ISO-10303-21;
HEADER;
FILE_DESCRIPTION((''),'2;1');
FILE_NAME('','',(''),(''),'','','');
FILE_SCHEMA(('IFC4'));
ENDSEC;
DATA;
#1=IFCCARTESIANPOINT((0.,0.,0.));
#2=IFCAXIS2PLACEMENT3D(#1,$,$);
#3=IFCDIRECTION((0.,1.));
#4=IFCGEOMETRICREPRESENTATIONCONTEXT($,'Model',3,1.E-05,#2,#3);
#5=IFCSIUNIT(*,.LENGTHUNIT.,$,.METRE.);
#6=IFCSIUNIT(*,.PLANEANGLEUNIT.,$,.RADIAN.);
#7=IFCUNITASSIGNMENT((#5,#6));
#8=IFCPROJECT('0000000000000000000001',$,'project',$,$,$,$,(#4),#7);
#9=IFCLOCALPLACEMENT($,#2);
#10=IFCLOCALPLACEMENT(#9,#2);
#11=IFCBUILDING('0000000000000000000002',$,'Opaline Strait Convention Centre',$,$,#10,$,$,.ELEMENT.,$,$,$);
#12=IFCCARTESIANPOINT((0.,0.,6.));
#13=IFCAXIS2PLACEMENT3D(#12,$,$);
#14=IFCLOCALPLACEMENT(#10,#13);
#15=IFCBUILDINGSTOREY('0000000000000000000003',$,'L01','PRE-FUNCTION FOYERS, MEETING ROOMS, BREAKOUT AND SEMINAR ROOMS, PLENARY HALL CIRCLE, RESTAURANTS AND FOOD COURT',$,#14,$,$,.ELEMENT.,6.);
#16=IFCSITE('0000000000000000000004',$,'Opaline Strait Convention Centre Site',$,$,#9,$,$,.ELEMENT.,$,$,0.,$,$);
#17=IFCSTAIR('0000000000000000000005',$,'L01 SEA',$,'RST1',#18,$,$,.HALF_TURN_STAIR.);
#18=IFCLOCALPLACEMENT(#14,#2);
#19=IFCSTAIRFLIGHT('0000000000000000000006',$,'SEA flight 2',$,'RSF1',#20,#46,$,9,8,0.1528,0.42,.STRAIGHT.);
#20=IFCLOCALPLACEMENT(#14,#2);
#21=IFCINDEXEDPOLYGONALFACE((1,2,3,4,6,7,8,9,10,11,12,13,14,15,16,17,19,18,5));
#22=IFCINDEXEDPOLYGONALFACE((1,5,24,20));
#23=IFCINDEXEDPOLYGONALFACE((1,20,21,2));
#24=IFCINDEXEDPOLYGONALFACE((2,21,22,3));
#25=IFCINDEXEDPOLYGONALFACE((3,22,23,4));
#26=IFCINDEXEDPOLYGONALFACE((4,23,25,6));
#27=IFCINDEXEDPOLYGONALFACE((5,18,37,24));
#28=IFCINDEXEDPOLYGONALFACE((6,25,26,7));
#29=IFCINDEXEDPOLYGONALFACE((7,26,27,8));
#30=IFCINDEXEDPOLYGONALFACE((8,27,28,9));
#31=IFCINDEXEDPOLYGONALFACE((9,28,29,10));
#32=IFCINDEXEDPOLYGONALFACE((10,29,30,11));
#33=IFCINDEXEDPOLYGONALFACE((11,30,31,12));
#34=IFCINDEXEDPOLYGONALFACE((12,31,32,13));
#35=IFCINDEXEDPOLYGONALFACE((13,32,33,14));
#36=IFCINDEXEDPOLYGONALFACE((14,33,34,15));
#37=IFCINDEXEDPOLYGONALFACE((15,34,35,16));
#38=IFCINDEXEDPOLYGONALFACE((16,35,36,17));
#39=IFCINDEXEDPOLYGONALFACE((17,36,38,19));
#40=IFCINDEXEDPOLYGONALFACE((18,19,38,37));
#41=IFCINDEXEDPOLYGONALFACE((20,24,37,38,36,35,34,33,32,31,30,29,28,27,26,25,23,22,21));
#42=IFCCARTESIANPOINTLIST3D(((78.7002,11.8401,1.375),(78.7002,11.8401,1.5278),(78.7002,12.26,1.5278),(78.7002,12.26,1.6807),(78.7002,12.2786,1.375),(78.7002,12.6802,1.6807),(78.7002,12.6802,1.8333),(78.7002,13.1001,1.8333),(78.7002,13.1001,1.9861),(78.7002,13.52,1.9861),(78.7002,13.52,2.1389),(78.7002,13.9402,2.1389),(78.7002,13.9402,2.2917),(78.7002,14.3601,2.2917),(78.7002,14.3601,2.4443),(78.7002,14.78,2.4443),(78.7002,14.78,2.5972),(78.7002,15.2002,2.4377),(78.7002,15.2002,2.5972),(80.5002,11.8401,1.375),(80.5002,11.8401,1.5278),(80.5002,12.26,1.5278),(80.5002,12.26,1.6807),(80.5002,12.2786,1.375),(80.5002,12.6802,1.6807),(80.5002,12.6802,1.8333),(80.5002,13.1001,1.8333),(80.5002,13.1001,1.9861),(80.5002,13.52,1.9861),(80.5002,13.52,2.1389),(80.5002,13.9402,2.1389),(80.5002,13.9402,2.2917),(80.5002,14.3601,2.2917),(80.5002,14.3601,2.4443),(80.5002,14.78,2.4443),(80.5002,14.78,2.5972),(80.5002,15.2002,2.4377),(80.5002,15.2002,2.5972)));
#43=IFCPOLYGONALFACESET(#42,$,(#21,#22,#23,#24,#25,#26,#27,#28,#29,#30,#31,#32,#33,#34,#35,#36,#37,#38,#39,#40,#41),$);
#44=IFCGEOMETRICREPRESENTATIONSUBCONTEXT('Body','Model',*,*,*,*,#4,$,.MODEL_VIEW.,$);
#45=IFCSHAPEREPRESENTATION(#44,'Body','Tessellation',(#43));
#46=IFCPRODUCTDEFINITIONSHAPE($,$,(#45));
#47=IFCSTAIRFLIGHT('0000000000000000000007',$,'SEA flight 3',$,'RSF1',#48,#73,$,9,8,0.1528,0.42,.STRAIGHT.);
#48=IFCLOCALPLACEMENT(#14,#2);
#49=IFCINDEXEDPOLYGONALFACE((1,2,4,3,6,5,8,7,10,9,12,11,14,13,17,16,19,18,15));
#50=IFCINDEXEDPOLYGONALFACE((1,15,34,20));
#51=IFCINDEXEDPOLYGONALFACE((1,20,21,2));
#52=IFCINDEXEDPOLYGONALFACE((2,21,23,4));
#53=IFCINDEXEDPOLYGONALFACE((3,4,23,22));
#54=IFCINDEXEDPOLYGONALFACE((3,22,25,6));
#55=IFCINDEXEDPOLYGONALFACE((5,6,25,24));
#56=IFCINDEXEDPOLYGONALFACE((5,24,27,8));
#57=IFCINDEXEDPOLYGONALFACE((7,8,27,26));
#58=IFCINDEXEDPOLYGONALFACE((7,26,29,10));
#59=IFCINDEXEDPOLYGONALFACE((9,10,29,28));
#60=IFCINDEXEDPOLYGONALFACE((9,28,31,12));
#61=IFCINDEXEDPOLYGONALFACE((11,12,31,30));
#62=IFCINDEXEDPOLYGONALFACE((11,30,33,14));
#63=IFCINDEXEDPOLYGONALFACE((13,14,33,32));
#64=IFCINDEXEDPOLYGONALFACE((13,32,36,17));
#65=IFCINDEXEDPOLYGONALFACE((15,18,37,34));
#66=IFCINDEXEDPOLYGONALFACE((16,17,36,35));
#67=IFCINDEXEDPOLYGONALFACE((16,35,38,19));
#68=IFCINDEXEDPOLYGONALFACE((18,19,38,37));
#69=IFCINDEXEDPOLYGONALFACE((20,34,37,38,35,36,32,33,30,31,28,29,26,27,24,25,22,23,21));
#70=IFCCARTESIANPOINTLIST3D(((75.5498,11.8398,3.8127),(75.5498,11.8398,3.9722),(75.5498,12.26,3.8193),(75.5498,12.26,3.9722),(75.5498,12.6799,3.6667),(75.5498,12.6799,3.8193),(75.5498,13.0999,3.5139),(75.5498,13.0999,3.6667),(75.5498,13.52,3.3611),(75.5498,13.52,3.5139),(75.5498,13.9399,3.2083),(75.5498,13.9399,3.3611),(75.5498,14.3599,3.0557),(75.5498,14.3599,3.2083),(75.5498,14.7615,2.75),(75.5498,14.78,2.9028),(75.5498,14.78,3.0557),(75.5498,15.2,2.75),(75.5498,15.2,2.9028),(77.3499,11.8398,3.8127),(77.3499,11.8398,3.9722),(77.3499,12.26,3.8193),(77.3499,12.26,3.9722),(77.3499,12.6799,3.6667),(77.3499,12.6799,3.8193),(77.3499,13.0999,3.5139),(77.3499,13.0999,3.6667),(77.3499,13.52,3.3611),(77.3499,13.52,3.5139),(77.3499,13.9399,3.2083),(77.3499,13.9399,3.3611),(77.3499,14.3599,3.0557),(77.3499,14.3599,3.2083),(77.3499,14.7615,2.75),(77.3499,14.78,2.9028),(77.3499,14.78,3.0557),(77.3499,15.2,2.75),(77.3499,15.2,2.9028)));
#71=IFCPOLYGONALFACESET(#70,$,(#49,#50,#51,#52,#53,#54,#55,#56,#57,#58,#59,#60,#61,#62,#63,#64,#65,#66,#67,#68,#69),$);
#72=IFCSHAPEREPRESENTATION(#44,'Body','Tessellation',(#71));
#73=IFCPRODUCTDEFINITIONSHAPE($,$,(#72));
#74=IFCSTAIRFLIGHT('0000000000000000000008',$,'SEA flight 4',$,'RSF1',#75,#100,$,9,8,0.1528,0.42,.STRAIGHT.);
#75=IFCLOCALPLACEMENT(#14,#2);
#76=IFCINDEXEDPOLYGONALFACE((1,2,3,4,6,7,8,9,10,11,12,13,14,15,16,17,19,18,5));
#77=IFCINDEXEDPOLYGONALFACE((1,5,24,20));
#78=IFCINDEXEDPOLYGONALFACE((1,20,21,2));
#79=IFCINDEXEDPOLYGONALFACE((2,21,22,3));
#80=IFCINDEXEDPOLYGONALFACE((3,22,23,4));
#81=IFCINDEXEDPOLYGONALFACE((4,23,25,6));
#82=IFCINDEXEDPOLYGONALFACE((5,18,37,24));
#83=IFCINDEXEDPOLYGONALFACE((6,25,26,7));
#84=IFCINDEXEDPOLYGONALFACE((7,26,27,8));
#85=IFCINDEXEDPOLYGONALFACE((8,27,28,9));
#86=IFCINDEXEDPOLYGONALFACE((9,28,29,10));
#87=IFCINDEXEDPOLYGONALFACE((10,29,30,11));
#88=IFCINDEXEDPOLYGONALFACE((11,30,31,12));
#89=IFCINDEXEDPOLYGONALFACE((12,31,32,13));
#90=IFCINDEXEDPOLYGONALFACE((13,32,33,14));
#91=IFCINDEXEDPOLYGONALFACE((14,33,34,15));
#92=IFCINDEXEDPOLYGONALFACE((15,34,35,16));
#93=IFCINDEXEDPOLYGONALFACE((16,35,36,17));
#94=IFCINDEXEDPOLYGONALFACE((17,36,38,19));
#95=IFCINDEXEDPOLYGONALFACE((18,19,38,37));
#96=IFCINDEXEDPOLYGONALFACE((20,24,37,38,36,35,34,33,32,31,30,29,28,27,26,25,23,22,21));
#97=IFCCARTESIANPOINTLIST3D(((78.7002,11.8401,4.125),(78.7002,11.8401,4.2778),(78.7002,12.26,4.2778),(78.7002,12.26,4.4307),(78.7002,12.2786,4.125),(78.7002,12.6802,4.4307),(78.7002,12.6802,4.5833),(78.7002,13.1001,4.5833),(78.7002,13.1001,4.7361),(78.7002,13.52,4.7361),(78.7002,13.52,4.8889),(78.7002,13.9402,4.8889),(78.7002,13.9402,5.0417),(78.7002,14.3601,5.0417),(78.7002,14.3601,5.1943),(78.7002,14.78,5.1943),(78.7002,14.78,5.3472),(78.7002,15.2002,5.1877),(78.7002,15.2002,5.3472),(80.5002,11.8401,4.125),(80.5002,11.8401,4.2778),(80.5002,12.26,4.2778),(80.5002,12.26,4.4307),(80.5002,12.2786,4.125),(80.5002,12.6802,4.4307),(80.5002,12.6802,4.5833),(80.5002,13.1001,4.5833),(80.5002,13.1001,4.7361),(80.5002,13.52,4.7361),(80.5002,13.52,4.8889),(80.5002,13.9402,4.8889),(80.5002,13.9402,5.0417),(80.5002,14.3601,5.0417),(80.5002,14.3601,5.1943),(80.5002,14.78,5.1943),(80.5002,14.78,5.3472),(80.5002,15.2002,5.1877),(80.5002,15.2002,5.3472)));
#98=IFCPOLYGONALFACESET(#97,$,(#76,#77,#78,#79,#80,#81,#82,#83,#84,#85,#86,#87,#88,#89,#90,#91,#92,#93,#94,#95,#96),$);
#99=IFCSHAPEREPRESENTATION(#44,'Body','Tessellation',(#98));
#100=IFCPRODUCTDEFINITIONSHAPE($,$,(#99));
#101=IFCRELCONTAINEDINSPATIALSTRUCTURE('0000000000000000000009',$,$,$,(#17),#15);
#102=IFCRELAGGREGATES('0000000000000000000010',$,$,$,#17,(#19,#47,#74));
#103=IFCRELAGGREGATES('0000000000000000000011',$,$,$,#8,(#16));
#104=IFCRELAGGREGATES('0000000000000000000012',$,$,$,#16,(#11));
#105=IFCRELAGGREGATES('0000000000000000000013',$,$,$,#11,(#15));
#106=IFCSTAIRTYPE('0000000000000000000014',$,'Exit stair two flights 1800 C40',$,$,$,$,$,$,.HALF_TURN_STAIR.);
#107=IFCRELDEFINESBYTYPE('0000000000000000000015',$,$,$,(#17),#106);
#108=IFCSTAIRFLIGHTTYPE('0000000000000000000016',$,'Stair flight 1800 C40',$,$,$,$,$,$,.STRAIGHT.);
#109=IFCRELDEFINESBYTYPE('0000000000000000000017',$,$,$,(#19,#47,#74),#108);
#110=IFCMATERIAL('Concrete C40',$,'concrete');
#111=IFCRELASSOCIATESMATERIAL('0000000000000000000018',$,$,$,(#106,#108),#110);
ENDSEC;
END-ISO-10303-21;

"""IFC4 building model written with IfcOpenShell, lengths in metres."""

from ifc_helpers import new_model, si_unit, direction, frame, origin, place, context, subcontext, project, spatial, polyline, outline, extrude, material, type_object, element, aggregate, save


model = new_model("IFC4")

# Units and contexts
model_context = context("Model", 3, precision=1e-05, world=origin(), true_north=direction((0.0, 1.0)))
body_context = subcontext(model_context, "Body", "Model", "MODEL_VIEW")
ifc_project = project(units=[si_unit("LENGTHUNIT", "METRE"), si_unit("PLANEANGLEUNIT", "RADIAN")], contexts=[model_context])

# Site, building, storey
site_placement = place(None, origin())
site = spatial("IfcSite", under=ifc_project, at=site_placement, Name="Opaline Strait Convention Centre Site", CompositionType="ELEMENT", RefElevation=0.0)
building_placement = place(site_placement, origin())
building = spatial("IfcBuilding", under=site, at=building_placement, Name="Opaline Strait Convention Centre", CompositionType="ELEMENT")
storey_placement = place(building_placement, frame((0.0, 0.0, 6.0)))
storey = spatial("IfcBuildingStorey", under=building, at=storey_placement, Name="L01", Description="PRE-FUNCTION FOYERS, MEETING ROOMS, BREAKOUT AND SEMINAR ROOMS, PLENARY HALL CIRCLE, RESTAURANTS AND FOOD COURT", CompositionType="ELEMENT", Elevation=6.0)

# Shared definitions
ifc_material_1 = material(Name="Concrete C40", Category="concrete")

# Stair, stair flights
stair_type = type_object("IfcStairType", Name="Exit stair two flights 1800 C40", PredefinedType="HALF_TURN_STAIR", material=ifc_material_1)
stair_placement = place(storey_placement, origin())
stair = element("IfcStair", 1, at=stair_placement, inside=storey, type_object=stair_type, Name="L01 SEA", ObjectType="RST1", PredefinedType="HALF_TURN_STAIR")
stair_flight_type = type_object("IfcStairFlightType", Name="Stair flight 1800 C40", PredefinedType="STRAIGHT", material=ifc_material_1)
stair_flight_1_placement = place(storey_placement, frame((79.6001, 11.8401, 1.375), z_axis=(0.0, 0.0, 1.0), x_axis=(0.0, 1.0, 0.0)))
stair_flight_1 = element("IfcStairFlight", 2, at=stair_flight_1_placement, type_object=stair_flight_type, Name="SEA flight 2", ObjectType="RSF1", NumberOfRisers=9, NumberOfTreads=8, PredefinedType="STRAIGHT", RiserHeight=0.1528, TreadLength=0.42, context=body_context, shape_type="SweptSolid", body=[
    extrude(outline(polyline([(0.0, 0.0), (0.0, 0.1528), (0.4199, 0.1528), (0.4199, 0.3057), (0.8401, 0.3057), (0.8401, 0.4583), (1.26, 0.4583), (1.26, 0.6111), (1.6799, 0.6111), (1.6799, 0.7639), (2.1001, 0.7639), (2.1001, 0.9167), (2.52, 0.9167), (2.52, 1.0693), (2.9399, 1.0693), (2.9399, 1.2222), (3.3601, 1.2222), (3.3601, 1.375), (3.3601, 1.0627), (0.4385, 0.0), (0.0, 0.0)])), frame((0.0, 0.8999, 0.0), z_axis=(0.0, -1.0, 0.0), x_axis=(1.0, 0.0, 0.0)), (0.0, 0.0, 1.0), 1.8),
])
stair_flight_2_placement = place(storey_placement, frame((76.45, 15.2, 2.75), z_axis=(0.0, 0.0, 1.0), x_axis=(0.0, -1.0, 0.0)))
stair_flight_2 = element("IfcStairFlight", 3, at=stair_flight_2_placement, type_object=stair_flight_type, Name="SEA flight 3", ObjectType="RSF1", NumberOfRisers=9, NumberOfTreads=8, PredefinedType="STRAIGHT", RiserHeight=0.1528, TreadLength=0.42, context=body_context, shape_type="SweptSolid", body=[
    extrude(outline(polyline([(0.0, 0.0), (0.0, 0.1528), (0.4199, 0.1528), (0.4199, 0.3057), (0.8401, 0.3057), (0.8401, 0.4583), (1.26, 0.4583), (1.26, 0.6111), (1.6799, 0.6111), (1.6799, 0.7639), (2.1001, 0.7639), (2.1001, 0.9167), (2.52, 0.9167), (2.52, 1.0693), (2.9399, 1.0693), (2.9399, 1.2222), (3.3601, 1.2222), (3.3601, 1.375), (3.3601, 1.0627), (0.4385, 0.0), (0.0, 0.0)])), frame((0.0, 0.8999, 0.0), z_axis=(0.0, -1.0, 0.0), x_axis=(1.0, 0.0, 0.0)), (0.0, 0.0, 1.0), 1.8),
])
stair_flight_3_placement = place(storey_placement, frame((79.6001, 11.8401, 4.125), z_axis=(0.0, 0.0, 1.0), x_axis=(0.0, 1.0, 0.0)))
stair_flight_3 = element("IfcStairFlight", 4, at=stair_flight_3_placement, type_object=stair_flight_type, Name="SEA flight 4", ObjectType="RSF1", NumberOfRisers=9, NumberOfTreads=8, PredefinedType="STRAIGHT", RiserHeight=0.1528, TreadLength=0.42, context=body_context, shape_type="SweptSolid", body=[
    extrude(outline(polyline([(0.0, 0.0), (0.0, 0.1528), (0.4199, 0.1528), (0.4199, 0.3057), (0.8401, 0.3057), (0.8401, 0.4583), (1.26, 0.4583), (1.26, 0.6111), (1.6799, 0.6111), (1.6799, 0.7639), (2.1001, 0.7639), (2.1001, 0.9167), (2.52, 0.9167), (2.52, 1.0693), (2.9399, 1.0693), (2.9399, 1.2222), (3.3601, 1.2222), (3.3601, 1.375), (3.3601, 1.0627), (0.4385, 0.0), (0.0, 0.0)])), frame((0.0, 0.8999, 0.0), z_axis=(0.0, -1.0, 0.0), x_axis=(1.0, 0.0, 0.0)), (0.0, 0.0, 1.0), 1.8),
])
aggregate(stair, [stair_flight_1, stair_flight_2, stair_flight_3])

save(model, "model.ifc")
